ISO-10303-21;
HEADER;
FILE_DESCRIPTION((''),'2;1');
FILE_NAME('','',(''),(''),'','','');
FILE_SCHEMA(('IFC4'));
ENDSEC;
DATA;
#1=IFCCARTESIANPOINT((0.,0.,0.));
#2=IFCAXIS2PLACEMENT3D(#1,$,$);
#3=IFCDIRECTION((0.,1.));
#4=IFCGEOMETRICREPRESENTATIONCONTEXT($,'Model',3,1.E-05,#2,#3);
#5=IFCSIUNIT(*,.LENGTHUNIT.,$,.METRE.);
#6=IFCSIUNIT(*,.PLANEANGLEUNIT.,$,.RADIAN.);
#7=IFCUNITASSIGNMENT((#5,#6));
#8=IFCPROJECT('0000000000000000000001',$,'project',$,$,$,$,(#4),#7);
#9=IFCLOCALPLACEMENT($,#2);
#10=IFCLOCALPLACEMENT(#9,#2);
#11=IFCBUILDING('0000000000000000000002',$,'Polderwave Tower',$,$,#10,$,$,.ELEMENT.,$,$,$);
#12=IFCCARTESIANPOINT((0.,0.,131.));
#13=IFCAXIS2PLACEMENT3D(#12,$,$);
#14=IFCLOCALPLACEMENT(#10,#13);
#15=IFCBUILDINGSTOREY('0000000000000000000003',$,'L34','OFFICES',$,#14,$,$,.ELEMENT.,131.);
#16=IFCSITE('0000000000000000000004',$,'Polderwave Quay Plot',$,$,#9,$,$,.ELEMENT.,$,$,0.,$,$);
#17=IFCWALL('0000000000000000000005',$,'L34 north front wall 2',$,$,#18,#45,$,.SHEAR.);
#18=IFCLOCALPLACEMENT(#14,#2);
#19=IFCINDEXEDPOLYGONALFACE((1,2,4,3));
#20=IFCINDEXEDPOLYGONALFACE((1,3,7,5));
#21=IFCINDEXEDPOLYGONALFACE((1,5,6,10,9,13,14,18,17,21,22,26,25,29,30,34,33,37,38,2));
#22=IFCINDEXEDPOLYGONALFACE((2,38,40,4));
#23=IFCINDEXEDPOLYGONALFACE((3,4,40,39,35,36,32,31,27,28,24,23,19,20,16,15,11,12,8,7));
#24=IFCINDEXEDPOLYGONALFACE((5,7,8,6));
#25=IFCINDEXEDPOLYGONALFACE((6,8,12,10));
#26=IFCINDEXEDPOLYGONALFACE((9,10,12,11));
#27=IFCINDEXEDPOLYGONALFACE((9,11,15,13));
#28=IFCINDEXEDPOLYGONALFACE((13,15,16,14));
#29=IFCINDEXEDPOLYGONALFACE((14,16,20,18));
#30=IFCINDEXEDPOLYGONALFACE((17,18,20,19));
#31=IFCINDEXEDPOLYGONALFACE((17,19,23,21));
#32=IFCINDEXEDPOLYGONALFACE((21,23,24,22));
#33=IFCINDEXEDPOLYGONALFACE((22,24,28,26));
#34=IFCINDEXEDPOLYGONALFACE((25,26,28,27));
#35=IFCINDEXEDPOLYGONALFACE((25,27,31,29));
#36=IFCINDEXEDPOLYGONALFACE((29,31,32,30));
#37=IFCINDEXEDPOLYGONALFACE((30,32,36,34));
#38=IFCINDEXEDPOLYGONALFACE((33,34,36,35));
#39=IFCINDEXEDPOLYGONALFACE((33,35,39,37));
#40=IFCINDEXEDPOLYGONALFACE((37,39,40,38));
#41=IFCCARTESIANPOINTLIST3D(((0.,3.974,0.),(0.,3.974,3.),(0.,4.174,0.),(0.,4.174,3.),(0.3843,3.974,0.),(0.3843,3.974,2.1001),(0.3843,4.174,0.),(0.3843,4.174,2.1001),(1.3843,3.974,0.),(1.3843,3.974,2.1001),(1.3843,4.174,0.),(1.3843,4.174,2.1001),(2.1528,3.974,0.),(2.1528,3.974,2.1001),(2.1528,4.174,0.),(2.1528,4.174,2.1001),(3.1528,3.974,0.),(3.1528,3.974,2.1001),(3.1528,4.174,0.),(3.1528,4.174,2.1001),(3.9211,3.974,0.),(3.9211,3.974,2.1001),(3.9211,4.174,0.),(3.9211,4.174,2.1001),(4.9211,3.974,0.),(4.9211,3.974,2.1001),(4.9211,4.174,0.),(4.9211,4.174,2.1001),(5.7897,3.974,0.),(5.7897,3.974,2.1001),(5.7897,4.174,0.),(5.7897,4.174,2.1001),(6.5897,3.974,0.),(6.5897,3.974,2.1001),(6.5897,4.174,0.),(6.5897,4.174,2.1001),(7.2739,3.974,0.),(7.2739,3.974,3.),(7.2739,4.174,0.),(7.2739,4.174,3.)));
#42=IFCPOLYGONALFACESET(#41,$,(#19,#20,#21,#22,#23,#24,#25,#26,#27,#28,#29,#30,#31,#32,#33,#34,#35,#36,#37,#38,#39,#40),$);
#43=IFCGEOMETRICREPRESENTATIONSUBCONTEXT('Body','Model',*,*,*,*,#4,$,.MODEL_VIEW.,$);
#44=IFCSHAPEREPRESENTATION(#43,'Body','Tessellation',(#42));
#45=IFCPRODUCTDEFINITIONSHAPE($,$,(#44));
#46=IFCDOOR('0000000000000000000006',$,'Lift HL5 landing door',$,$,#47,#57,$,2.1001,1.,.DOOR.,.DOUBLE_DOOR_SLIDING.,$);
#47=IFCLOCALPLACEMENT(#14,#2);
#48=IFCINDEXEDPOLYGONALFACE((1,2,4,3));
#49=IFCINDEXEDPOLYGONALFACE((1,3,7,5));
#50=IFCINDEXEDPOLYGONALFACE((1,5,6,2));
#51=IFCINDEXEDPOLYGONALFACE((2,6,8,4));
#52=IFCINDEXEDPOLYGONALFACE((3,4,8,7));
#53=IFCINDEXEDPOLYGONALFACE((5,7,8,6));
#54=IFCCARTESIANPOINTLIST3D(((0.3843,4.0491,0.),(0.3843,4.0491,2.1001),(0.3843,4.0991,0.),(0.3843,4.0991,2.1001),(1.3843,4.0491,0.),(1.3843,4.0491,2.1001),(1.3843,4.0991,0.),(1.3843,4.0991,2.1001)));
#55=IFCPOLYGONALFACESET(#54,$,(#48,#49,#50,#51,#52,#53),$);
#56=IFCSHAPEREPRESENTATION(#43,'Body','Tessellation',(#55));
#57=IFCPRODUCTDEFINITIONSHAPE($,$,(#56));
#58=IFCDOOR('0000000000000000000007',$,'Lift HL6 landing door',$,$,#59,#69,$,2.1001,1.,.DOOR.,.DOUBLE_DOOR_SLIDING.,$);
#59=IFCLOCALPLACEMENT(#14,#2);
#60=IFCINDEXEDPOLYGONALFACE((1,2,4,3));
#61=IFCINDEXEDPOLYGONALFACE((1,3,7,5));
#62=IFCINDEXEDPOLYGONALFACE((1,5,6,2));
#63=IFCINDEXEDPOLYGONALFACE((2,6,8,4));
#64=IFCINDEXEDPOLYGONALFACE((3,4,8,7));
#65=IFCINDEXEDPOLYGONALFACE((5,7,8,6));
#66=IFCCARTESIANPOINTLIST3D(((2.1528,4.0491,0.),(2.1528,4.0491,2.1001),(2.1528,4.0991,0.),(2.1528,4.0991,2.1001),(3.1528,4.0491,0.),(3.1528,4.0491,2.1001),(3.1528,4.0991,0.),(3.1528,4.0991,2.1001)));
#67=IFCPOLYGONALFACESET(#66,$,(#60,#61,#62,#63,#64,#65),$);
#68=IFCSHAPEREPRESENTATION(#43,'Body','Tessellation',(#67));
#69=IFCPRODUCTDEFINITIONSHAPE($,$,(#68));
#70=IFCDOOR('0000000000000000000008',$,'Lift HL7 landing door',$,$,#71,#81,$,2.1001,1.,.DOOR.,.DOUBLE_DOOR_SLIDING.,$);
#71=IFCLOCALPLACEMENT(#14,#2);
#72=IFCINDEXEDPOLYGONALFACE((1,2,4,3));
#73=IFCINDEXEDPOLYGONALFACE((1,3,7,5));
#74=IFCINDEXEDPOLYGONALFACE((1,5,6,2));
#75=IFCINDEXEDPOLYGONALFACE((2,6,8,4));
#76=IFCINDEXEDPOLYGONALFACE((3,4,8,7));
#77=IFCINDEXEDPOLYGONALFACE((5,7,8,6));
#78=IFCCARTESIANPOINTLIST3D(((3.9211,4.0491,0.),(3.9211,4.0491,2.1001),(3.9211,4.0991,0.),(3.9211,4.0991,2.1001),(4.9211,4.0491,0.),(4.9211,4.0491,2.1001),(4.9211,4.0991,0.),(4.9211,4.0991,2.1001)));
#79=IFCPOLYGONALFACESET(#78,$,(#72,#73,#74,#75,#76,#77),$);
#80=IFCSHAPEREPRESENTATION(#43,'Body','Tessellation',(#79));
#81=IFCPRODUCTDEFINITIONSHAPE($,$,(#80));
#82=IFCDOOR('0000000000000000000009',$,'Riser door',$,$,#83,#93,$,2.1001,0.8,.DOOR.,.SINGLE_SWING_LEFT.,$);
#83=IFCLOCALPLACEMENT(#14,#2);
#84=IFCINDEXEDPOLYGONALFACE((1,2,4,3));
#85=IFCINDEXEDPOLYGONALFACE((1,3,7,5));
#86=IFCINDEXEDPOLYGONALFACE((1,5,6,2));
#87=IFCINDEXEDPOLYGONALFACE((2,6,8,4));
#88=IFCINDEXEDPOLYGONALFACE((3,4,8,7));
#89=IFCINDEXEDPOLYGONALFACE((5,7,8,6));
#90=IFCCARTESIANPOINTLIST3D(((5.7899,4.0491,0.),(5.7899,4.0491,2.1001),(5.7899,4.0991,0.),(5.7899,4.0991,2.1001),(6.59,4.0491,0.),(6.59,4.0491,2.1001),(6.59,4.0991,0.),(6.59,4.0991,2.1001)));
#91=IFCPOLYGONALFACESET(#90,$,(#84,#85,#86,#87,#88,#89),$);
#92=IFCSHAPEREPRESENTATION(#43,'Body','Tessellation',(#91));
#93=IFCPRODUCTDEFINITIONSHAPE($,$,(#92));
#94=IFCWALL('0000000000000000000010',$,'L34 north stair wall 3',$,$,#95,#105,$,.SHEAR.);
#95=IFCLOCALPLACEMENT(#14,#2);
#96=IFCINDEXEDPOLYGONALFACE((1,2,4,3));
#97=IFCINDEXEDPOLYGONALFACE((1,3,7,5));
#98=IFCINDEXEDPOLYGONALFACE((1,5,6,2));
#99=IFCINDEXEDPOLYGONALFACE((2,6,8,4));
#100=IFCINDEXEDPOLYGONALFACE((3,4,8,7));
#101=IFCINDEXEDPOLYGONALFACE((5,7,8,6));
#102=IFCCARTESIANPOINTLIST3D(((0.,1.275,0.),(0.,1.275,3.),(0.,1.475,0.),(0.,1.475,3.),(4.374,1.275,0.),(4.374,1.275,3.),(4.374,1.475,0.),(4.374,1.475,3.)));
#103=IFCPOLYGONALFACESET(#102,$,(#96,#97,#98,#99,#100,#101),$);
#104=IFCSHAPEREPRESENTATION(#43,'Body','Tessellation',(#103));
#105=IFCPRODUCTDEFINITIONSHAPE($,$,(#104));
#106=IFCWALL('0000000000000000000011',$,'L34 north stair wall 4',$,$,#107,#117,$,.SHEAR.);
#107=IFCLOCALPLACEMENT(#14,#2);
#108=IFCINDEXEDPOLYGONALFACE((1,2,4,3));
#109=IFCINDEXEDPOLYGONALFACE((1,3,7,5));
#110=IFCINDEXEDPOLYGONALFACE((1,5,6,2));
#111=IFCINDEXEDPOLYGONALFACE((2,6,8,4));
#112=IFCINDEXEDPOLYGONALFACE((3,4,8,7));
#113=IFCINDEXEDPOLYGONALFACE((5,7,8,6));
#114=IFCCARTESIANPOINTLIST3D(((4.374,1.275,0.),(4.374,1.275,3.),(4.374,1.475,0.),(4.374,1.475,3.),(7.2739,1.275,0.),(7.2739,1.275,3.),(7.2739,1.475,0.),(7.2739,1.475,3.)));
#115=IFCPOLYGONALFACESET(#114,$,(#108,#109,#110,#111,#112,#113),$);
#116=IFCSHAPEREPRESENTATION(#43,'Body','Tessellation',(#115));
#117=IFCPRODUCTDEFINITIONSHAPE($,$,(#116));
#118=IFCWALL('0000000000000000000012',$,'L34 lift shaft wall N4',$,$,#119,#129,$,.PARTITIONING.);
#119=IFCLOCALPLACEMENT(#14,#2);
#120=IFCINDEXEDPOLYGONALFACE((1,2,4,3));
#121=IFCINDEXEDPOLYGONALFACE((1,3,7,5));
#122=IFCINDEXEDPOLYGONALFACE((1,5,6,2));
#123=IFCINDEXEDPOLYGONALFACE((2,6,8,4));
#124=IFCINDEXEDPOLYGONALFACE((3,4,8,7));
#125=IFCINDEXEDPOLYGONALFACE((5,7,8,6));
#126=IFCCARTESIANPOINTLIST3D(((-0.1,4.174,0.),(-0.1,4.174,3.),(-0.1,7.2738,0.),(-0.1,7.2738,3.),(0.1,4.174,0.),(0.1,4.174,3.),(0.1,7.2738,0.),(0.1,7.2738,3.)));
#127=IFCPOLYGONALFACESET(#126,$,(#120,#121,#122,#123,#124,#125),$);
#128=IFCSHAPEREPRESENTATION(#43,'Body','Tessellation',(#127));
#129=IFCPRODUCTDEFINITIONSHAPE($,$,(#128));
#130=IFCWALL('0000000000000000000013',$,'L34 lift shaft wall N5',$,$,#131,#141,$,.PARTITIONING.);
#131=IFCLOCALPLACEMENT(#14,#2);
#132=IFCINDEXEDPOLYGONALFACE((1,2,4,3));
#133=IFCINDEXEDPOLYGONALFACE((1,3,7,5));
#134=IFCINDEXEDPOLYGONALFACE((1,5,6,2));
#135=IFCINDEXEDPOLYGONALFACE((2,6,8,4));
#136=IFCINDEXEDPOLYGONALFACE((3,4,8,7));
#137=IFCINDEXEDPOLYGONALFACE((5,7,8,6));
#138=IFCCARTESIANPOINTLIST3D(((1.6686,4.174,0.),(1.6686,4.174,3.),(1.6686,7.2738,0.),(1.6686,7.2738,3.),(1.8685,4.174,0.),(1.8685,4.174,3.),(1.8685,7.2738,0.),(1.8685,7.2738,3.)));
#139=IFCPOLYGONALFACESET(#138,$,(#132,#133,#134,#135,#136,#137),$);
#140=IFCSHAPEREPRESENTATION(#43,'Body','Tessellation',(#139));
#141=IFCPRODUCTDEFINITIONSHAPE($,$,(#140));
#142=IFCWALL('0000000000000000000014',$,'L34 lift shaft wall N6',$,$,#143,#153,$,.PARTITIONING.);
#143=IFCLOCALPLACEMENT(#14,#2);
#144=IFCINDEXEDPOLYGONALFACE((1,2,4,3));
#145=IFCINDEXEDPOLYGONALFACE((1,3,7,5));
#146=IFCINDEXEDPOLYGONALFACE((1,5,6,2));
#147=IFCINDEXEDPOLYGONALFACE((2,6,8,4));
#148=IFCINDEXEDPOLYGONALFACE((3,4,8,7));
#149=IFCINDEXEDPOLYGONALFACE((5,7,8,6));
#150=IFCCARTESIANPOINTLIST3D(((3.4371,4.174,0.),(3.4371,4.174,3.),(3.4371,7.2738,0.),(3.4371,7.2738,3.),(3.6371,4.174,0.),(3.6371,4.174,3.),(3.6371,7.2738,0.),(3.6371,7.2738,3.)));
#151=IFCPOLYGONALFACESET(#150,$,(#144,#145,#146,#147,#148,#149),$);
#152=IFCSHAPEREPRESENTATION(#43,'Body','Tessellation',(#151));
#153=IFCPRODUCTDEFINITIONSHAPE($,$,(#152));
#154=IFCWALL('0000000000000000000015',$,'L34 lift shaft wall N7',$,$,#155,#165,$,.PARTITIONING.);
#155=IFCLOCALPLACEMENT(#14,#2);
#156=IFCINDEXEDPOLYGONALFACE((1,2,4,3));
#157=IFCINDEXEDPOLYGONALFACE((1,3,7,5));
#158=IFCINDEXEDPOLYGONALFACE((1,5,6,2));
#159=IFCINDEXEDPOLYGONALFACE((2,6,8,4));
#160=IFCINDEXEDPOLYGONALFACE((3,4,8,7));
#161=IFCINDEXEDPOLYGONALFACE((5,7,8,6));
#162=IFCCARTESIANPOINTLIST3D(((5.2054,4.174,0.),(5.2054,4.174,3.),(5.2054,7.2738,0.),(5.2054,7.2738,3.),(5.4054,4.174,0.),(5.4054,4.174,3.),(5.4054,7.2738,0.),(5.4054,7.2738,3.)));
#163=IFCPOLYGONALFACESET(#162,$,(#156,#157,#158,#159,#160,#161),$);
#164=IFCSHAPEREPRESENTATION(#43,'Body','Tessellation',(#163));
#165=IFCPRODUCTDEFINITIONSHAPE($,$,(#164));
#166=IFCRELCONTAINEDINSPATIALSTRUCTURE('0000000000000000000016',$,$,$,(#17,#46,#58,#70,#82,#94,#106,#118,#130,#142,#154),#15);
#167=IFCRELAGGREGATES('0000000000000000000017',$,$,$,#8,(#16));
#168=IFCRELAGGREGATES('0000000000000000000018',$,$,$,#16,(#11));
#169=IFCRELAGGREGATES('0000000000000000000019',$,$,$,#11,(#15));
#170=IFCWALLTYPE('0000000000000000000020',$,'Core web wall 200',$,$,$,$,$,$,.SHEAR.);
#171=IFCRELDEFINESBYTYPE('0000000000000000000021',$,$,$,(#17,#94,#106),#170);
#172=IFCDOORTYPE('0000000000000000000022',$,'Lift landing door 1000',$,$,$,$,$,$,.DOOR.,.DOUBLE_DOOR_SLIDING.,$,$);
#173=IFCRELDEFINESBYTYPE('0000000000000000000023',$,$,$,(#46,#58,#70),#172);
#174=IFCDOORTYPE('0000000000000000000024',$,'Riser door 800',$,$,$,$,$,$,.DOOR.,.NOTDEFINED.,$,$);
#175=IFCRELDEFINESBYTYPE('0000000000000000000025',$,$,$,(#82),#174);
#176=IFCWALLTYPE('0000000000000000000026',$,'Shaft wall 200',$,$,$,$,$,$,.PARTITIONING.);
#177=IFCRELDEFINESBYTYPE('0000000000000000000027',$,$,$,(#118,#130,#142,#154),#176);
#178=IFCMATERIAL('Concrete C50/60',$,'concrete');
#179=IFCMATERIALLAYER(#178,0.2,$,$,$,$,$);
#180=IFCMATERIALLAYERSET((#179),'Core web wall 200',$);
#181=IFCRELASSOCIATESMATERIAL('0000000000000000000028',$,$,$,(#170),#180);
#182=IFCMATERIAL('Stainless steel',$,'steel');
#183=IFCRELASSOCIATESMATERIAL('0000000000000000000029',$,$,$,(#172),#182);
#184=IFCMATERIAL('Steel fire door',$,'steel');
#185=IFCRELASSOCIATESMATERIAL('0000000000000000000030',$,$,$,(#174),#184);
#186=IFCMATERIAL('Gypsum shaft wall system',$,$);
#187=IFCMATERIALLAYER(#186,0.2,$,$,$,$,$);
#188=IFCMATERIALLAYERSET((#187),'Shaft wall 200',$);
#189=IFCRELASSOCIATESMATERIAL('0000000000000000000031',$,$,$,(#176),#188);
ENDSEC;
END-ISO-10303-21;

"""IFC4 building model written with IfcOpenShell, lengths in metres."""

from ifc_helpers import new_model, si_unit, direction, frame, frame_2d, origin, place, context, subcontext, project, spatial, rectangle, extrude, material, layer, layer_set, type_object, element, fill, save


model = new_model("IFC4")

# Units and contexts
model_context = context("Model", 3, precision=1e-05, world=origin(), true_north=direction((0.0, 1.0)))
body_context = subcontext(model_context, "Body", "Model", "MODEL_VIEW")
ifc_project = project(units=[si_unit("LENGTHUNIT", "METRE"), si_unit("PLANEANGLEUNIT", "RADIAN")], contexts=[model_context])

# Site, building, storey
site_placement = place(None, origin())
site = spatial("IfcSite", under=ifc_project, at=site_placement, Name="Polderwave Quay Plot", CompositionType="ELEMENT", RefElevation=0.0)
building_placement = place(site_placement, origin())
building = spatial("IfcBuilding", under=site, at=building_placement, Name="Polderwave Tower", CompositionType="ELEMENT")
storey_placement = place(building_placement, frame((0.0, 0.0, 131.0)))
storey = spatial("IfcBuildingStorey", under=building, at=storey_placement, Name="L34", Description="OFFICES", CompositionType="ELEMENT", Elevation=131.0)

# Wall, openings, doors
ifc_material_1 = material(Name="Concrete C50/60", Category="concrete")
ifc_layer_1 = layer(ifc_material_1, 0.2)
ifc_layer_set_1 = layer_set([ifc_layer_1], Name="Core web wall 200")
wall_type_1 = type_object("IfcWallType", Name="Core web wall 200", PredefinedType="SHEAR", material=ifc_layer_set_1)
wall_1_placement = place(storey_placement, frame((0.0, 4.074, 0.0), z_axis=(0.0, 0.0, 1.0), x_axis=(1.0, 0.0, 0.0)))
wall_1 = element("IfcWall", 1, at=wall_1_placement, inside=storey, type_object=wall_type_1, Name="L34 north front wall 2", PredefinedType="SHEAR", context=body_context, shape_type="SweptSolid", body=[
    extrude(rectangle(XDim=7.2739, YDim=0.2, at=frame_2d((3.637, 0.0))), origin(), (0.0, 0.0, 1.0), 3.0),
])
opening_1_placement = place(wall_1_placement, frame((0.3843, 0.0, 0.0)))
opening_1 = element("IfcOpeningElement", 2, at=opening_1_placement, cuts=wall_1, PredefinedType="OPENING", context=body_context, shape_type="SweptSolid", body=[
    extrude(rectangle(XDim=1.0, YDim=2.1001, at=frame_2d((0.5, 1.05))), frame((0.0, 0.1099, 0.0), z_axis=(0.0, -1.0, 0.0), x_axis=(1.0, 0.0, 0.0)), (0.0, 0.0, 1.0), 0.22),
])
opening_2_placement = place(wall_1_placement, frame((2.1528, 0.0, 0.0)))
opening_2 = element("IfcOpeningElement", 3, at=opening_2_placement, cuts=wall_1, PredefinedType="OPENING", context=body_context, shape_type="SweptSolid", body=[
    extrude(rectangle(XDim=1.0, YDim=2.1001, at=frame_2d((0.5, 1.05))), frame((0.0, 0.1099, 0.0), z_axis=(0.0, -1.0, 0.0), x_axis=(1.0, 0.0, 0.0)), (0.0, 0.0, 1.0), 0.22),
])
opening_3_placement = place(wall_1_placement, frame((3.9211, 0.0, 0.0)))
opening_3 = element("IfcOpeningElement", 4, at=opening_3_placement, cuts=wall_1, PredefinedType="OPENING", context=body_context, shape_type="SweptSolid", body=[
    extrude(rectangle(XDim=1.0, YDim=2.1001, at=frame_2d((0.5, 1.05))), frame((0.0, 0.1099, 0.0), z_axis=(0.0, -1.0, 0.0), x_axis=(1.0, 0.0, 0.0)), (0.0, 0.0, 1.0), 0.22),
])
opening_4_placement = place(wall_1_placement, frame((5.7898, 0.0, 0.0)))
opening_4 = element("IfcOpeningElement", 5, at=opening_4_placement, cuts=wall_1, PredefinedType="OPENING", context=body_context, shape_type="SweptSolid", body=[
    extrude(rectangle(XDim=0.8, YDim=2.1001, at=frame_2d((0.3999, 1.05))), frame((0.0, 0.1099, 0.0), z_axis=(0.0, -1.0, 0.0), x_axis=(1.0, 0.0, 0.0)), (0.0, 0.0, 1.0), 0.22),
])
ifc_material_2 = material(Name="Stainless steel", Category="steel")
door_type_1 = type_object("IfcDoorType", Name="Lift landing door 1000", OperationType="DOUBLE_DOOR_SLIDING", PredefinedType="DOOR", material=ifc_material_2)
door_1_placement = place(opening_1_placement, frame((1.0, 0.0, 0.0), z_axis=(0.0, 0.0, 1.0), x_axis=(-1.0, 0.0, 0.0)))
door_1 = element("IfcDoor", 6, at=door_1_placement, inside=storey, type_object=door_type_1, Name="Lift HL5 landing door", OperationType="DOUBLE_DOOR_SLIDING", OverallHeight=2.1001, OverallWidth=1.0, PredefinedType="DOOR", context=body_context, shape_type="SweptSolid", body=[
    extrude(rectangle(XDim=1.0, YDim=2.1001, at=frame_2d((0.5, 1.05))), frame((0.0, 0.0249, 0.0), z_axis=(0.0, -1.0, 0.0), x_axis=(1.0, 0.0, 0.0)), (0.0, 0.0, 1.0), 0.05),
])
fill(opening_1, door_1)
door_2_placement = place(opening_2_placement, frame((1.0, 0.0, 0.0), z_axis=(0.0, 0.0, 1.0), x_axis=(-1.0, 0.0, 0.0)))
door_2 = element("IfcDoor", 7, at=door_2_placement, inside=storey, type_object=door_type_1, Name="Lift HL6 landing door", OperationType="DOUBLE_DOOR_SLIDING", OverallHeight=2.1001, OverallWidth=1.0, PredefinedType="DOOR", context=body_context, shape_type="SweptSolid", body=[
    extrude(rectangle(XDim=1.0, YDim=2.1001, at=frame_2d((0.5, 1.05))), frame((0.0, 0.0249, 0.0), z_axis=(0.0, -1.0, 0.0), x_axis=(1.0, 0.0, 0.0)), (0.0, 0.0, 1.0), 0.05),
])
fill(opening_2, door_2)
door_3_placement = place(opening_3_placement, frame((1.0, 0.0, 0.0), z_axis=(0.0, 0.0, 1.0), x_axis=(-1.0, 0.0, 0.0)))
door_3 = element("IfcDoor", 8, at=door_3_placement, inside=storey, type_object=door_type_1, Name="Lift HL7 landing door", OperationType="DOUBLE_DOOR_SLIDING", OverallHeight=2.1001, OverallWidth=1.0, PredefinedType="DOOR", context=body_context, shape_type="SweptSolid", body=[
    extrude(rectangle(XDim=1.0, YDim=2.1001, at=frame_2d((0.5, 1.05))), frame((0.0, 0.0249, 0.0), z_axis=(0.0, -1.0, 0.0), x_axis=(1.0, 0.0, 0.0)), (0.0, 0.0, 1.0), 0.05),
])
fill(opening_3, door_3)
ifc_material_3 = material(Name="Steel fire door", Category="steel")
door_type_2 = type_object("IfcDoorType", Name="Riser door 800", OperationType="NOTDEFINED", PredefinedType="DOOR", material=ifc_material_3)
door_4_placement = place(opening_4_placement, frame((0.8, 0.0, 0.0), z_axis=(0.0, 0.0, 1.0), x_axis=(-1.0, 0.0, 0.0)))
door_4 = element("IfcDoor", 9, at=door_4_placement, inside=storey, type_object=door_type_2, Name="Riser door", OperationType="SINGLE_SWING_LEFT", OverallHeight=2.1001, OverallWidth=0.8, PredefinedType="DOOR", context=body_context, shape_type="SweptSolid", body=[
    extrude(rectangle(XDim=0.8, YDim=2.1001, at=frame_2d((0.3999, 1.05))), frame((0.0, 0.0249, 0.0), z_axis=(0.0, -1.0, 0.0), x_axis=(1.0, 0.0, 0.0)), (0.0, 0.0, 1.0), 0.05),
])
fill(opening_4, door_4)

# Walls
wall_2_placement = place(storey_placement, frame((0.0, 1.375, 0.0), z_axis=(0.0, 0.0, 1.0), x_axis=(1.0, 0.0, 0.0)))
element("IfcWall", 10, at=wall_2_placement, inside=storey, type_object=wall_type_1, Name="L34 north stair wall 3", PredefinedType="SHEAR", context=body_context, shape_type="SweptSolid", body=[
    extrude(rectangle(XDim=4.374, YDim=0.2, at=frame_2d((2.187, 0.0))), origin(), (0.0, 0.0, 1.0), 3.0),
])
wall_3_placement = place(storey_placement, frame((4.374, 1.375, 0.0), z_axis=(0.0, 0.0, 1.0), x_axis=(1.0, 0.0, 0.0)))
element("IfcWall", 11, at=wall_3_placement, inside=storey, type_object=wall_type_1, Name="L34 north stair wall 4", PredefinedType="SHEAR", context=body_context, shape_type="SweptSolid", body=[
    extrude(rectangle(XDim=2.8999, YDim=0.2, at=frame_2d((1.45, 0.0))), origin(), (0.0, 0.0, 1.0), 3.0),
])
ifc_material_4 = material(Name="Gypsum shaft wall system")
ifc_layer_2 = layer(ifc_material_4, 0.2)
ifc_layer_set_2 = layer_set([ifc_layer_2], Name="Shaft wall 200")
wall_type_2 = type_object("IfcWallType", Name="Shaft wall 200", PredefinedType="PARTITIONING", material=ifc_layer_set_2)
for number, where, z_axis, x_axis, name in (
    (12, (0.0, 4.1741, 0.0), (0.0, 0.0, 1.0), (0.0, 1.0, 0.0), "L34 lift shaft wall N4"),
    (13, (1.7686, 4.1741, 0.0), (0.0, 0.0, 1.0), (0.0, 1.0, 0.0), "L34 lift shaft wall N5"),
    (14, (3.5371, 4.1741, 0.0), (0.0, 0.0, 1.0), (0.0, 1.0, 0.0), "L34 lift shaft wall N6"),
    (15, (5.3054, 4.1741, 0.0), (0.0, 0.0, 1.0), (0.0, 1.0, 0.0), "L34 lift shaft wall N7"),
):
    element("IfcWall", number, at=place(storey_placement, frame(where, z_axis=z_axis, x_axis=x_axis)), inside=storey, type_object=wall_type_2, Name=name, PredefinedType="PARTITIONING", context=body_context, shape_type="SweptSolid", body=[
        extrude(rectangle(XDim=3.0999, YDim=0.2, at=frame_2d((1.5498, 0.0))), origin(), (0.0, 0.0, 1.0), 3.0),
    ])

save(model, "model.ifc")
